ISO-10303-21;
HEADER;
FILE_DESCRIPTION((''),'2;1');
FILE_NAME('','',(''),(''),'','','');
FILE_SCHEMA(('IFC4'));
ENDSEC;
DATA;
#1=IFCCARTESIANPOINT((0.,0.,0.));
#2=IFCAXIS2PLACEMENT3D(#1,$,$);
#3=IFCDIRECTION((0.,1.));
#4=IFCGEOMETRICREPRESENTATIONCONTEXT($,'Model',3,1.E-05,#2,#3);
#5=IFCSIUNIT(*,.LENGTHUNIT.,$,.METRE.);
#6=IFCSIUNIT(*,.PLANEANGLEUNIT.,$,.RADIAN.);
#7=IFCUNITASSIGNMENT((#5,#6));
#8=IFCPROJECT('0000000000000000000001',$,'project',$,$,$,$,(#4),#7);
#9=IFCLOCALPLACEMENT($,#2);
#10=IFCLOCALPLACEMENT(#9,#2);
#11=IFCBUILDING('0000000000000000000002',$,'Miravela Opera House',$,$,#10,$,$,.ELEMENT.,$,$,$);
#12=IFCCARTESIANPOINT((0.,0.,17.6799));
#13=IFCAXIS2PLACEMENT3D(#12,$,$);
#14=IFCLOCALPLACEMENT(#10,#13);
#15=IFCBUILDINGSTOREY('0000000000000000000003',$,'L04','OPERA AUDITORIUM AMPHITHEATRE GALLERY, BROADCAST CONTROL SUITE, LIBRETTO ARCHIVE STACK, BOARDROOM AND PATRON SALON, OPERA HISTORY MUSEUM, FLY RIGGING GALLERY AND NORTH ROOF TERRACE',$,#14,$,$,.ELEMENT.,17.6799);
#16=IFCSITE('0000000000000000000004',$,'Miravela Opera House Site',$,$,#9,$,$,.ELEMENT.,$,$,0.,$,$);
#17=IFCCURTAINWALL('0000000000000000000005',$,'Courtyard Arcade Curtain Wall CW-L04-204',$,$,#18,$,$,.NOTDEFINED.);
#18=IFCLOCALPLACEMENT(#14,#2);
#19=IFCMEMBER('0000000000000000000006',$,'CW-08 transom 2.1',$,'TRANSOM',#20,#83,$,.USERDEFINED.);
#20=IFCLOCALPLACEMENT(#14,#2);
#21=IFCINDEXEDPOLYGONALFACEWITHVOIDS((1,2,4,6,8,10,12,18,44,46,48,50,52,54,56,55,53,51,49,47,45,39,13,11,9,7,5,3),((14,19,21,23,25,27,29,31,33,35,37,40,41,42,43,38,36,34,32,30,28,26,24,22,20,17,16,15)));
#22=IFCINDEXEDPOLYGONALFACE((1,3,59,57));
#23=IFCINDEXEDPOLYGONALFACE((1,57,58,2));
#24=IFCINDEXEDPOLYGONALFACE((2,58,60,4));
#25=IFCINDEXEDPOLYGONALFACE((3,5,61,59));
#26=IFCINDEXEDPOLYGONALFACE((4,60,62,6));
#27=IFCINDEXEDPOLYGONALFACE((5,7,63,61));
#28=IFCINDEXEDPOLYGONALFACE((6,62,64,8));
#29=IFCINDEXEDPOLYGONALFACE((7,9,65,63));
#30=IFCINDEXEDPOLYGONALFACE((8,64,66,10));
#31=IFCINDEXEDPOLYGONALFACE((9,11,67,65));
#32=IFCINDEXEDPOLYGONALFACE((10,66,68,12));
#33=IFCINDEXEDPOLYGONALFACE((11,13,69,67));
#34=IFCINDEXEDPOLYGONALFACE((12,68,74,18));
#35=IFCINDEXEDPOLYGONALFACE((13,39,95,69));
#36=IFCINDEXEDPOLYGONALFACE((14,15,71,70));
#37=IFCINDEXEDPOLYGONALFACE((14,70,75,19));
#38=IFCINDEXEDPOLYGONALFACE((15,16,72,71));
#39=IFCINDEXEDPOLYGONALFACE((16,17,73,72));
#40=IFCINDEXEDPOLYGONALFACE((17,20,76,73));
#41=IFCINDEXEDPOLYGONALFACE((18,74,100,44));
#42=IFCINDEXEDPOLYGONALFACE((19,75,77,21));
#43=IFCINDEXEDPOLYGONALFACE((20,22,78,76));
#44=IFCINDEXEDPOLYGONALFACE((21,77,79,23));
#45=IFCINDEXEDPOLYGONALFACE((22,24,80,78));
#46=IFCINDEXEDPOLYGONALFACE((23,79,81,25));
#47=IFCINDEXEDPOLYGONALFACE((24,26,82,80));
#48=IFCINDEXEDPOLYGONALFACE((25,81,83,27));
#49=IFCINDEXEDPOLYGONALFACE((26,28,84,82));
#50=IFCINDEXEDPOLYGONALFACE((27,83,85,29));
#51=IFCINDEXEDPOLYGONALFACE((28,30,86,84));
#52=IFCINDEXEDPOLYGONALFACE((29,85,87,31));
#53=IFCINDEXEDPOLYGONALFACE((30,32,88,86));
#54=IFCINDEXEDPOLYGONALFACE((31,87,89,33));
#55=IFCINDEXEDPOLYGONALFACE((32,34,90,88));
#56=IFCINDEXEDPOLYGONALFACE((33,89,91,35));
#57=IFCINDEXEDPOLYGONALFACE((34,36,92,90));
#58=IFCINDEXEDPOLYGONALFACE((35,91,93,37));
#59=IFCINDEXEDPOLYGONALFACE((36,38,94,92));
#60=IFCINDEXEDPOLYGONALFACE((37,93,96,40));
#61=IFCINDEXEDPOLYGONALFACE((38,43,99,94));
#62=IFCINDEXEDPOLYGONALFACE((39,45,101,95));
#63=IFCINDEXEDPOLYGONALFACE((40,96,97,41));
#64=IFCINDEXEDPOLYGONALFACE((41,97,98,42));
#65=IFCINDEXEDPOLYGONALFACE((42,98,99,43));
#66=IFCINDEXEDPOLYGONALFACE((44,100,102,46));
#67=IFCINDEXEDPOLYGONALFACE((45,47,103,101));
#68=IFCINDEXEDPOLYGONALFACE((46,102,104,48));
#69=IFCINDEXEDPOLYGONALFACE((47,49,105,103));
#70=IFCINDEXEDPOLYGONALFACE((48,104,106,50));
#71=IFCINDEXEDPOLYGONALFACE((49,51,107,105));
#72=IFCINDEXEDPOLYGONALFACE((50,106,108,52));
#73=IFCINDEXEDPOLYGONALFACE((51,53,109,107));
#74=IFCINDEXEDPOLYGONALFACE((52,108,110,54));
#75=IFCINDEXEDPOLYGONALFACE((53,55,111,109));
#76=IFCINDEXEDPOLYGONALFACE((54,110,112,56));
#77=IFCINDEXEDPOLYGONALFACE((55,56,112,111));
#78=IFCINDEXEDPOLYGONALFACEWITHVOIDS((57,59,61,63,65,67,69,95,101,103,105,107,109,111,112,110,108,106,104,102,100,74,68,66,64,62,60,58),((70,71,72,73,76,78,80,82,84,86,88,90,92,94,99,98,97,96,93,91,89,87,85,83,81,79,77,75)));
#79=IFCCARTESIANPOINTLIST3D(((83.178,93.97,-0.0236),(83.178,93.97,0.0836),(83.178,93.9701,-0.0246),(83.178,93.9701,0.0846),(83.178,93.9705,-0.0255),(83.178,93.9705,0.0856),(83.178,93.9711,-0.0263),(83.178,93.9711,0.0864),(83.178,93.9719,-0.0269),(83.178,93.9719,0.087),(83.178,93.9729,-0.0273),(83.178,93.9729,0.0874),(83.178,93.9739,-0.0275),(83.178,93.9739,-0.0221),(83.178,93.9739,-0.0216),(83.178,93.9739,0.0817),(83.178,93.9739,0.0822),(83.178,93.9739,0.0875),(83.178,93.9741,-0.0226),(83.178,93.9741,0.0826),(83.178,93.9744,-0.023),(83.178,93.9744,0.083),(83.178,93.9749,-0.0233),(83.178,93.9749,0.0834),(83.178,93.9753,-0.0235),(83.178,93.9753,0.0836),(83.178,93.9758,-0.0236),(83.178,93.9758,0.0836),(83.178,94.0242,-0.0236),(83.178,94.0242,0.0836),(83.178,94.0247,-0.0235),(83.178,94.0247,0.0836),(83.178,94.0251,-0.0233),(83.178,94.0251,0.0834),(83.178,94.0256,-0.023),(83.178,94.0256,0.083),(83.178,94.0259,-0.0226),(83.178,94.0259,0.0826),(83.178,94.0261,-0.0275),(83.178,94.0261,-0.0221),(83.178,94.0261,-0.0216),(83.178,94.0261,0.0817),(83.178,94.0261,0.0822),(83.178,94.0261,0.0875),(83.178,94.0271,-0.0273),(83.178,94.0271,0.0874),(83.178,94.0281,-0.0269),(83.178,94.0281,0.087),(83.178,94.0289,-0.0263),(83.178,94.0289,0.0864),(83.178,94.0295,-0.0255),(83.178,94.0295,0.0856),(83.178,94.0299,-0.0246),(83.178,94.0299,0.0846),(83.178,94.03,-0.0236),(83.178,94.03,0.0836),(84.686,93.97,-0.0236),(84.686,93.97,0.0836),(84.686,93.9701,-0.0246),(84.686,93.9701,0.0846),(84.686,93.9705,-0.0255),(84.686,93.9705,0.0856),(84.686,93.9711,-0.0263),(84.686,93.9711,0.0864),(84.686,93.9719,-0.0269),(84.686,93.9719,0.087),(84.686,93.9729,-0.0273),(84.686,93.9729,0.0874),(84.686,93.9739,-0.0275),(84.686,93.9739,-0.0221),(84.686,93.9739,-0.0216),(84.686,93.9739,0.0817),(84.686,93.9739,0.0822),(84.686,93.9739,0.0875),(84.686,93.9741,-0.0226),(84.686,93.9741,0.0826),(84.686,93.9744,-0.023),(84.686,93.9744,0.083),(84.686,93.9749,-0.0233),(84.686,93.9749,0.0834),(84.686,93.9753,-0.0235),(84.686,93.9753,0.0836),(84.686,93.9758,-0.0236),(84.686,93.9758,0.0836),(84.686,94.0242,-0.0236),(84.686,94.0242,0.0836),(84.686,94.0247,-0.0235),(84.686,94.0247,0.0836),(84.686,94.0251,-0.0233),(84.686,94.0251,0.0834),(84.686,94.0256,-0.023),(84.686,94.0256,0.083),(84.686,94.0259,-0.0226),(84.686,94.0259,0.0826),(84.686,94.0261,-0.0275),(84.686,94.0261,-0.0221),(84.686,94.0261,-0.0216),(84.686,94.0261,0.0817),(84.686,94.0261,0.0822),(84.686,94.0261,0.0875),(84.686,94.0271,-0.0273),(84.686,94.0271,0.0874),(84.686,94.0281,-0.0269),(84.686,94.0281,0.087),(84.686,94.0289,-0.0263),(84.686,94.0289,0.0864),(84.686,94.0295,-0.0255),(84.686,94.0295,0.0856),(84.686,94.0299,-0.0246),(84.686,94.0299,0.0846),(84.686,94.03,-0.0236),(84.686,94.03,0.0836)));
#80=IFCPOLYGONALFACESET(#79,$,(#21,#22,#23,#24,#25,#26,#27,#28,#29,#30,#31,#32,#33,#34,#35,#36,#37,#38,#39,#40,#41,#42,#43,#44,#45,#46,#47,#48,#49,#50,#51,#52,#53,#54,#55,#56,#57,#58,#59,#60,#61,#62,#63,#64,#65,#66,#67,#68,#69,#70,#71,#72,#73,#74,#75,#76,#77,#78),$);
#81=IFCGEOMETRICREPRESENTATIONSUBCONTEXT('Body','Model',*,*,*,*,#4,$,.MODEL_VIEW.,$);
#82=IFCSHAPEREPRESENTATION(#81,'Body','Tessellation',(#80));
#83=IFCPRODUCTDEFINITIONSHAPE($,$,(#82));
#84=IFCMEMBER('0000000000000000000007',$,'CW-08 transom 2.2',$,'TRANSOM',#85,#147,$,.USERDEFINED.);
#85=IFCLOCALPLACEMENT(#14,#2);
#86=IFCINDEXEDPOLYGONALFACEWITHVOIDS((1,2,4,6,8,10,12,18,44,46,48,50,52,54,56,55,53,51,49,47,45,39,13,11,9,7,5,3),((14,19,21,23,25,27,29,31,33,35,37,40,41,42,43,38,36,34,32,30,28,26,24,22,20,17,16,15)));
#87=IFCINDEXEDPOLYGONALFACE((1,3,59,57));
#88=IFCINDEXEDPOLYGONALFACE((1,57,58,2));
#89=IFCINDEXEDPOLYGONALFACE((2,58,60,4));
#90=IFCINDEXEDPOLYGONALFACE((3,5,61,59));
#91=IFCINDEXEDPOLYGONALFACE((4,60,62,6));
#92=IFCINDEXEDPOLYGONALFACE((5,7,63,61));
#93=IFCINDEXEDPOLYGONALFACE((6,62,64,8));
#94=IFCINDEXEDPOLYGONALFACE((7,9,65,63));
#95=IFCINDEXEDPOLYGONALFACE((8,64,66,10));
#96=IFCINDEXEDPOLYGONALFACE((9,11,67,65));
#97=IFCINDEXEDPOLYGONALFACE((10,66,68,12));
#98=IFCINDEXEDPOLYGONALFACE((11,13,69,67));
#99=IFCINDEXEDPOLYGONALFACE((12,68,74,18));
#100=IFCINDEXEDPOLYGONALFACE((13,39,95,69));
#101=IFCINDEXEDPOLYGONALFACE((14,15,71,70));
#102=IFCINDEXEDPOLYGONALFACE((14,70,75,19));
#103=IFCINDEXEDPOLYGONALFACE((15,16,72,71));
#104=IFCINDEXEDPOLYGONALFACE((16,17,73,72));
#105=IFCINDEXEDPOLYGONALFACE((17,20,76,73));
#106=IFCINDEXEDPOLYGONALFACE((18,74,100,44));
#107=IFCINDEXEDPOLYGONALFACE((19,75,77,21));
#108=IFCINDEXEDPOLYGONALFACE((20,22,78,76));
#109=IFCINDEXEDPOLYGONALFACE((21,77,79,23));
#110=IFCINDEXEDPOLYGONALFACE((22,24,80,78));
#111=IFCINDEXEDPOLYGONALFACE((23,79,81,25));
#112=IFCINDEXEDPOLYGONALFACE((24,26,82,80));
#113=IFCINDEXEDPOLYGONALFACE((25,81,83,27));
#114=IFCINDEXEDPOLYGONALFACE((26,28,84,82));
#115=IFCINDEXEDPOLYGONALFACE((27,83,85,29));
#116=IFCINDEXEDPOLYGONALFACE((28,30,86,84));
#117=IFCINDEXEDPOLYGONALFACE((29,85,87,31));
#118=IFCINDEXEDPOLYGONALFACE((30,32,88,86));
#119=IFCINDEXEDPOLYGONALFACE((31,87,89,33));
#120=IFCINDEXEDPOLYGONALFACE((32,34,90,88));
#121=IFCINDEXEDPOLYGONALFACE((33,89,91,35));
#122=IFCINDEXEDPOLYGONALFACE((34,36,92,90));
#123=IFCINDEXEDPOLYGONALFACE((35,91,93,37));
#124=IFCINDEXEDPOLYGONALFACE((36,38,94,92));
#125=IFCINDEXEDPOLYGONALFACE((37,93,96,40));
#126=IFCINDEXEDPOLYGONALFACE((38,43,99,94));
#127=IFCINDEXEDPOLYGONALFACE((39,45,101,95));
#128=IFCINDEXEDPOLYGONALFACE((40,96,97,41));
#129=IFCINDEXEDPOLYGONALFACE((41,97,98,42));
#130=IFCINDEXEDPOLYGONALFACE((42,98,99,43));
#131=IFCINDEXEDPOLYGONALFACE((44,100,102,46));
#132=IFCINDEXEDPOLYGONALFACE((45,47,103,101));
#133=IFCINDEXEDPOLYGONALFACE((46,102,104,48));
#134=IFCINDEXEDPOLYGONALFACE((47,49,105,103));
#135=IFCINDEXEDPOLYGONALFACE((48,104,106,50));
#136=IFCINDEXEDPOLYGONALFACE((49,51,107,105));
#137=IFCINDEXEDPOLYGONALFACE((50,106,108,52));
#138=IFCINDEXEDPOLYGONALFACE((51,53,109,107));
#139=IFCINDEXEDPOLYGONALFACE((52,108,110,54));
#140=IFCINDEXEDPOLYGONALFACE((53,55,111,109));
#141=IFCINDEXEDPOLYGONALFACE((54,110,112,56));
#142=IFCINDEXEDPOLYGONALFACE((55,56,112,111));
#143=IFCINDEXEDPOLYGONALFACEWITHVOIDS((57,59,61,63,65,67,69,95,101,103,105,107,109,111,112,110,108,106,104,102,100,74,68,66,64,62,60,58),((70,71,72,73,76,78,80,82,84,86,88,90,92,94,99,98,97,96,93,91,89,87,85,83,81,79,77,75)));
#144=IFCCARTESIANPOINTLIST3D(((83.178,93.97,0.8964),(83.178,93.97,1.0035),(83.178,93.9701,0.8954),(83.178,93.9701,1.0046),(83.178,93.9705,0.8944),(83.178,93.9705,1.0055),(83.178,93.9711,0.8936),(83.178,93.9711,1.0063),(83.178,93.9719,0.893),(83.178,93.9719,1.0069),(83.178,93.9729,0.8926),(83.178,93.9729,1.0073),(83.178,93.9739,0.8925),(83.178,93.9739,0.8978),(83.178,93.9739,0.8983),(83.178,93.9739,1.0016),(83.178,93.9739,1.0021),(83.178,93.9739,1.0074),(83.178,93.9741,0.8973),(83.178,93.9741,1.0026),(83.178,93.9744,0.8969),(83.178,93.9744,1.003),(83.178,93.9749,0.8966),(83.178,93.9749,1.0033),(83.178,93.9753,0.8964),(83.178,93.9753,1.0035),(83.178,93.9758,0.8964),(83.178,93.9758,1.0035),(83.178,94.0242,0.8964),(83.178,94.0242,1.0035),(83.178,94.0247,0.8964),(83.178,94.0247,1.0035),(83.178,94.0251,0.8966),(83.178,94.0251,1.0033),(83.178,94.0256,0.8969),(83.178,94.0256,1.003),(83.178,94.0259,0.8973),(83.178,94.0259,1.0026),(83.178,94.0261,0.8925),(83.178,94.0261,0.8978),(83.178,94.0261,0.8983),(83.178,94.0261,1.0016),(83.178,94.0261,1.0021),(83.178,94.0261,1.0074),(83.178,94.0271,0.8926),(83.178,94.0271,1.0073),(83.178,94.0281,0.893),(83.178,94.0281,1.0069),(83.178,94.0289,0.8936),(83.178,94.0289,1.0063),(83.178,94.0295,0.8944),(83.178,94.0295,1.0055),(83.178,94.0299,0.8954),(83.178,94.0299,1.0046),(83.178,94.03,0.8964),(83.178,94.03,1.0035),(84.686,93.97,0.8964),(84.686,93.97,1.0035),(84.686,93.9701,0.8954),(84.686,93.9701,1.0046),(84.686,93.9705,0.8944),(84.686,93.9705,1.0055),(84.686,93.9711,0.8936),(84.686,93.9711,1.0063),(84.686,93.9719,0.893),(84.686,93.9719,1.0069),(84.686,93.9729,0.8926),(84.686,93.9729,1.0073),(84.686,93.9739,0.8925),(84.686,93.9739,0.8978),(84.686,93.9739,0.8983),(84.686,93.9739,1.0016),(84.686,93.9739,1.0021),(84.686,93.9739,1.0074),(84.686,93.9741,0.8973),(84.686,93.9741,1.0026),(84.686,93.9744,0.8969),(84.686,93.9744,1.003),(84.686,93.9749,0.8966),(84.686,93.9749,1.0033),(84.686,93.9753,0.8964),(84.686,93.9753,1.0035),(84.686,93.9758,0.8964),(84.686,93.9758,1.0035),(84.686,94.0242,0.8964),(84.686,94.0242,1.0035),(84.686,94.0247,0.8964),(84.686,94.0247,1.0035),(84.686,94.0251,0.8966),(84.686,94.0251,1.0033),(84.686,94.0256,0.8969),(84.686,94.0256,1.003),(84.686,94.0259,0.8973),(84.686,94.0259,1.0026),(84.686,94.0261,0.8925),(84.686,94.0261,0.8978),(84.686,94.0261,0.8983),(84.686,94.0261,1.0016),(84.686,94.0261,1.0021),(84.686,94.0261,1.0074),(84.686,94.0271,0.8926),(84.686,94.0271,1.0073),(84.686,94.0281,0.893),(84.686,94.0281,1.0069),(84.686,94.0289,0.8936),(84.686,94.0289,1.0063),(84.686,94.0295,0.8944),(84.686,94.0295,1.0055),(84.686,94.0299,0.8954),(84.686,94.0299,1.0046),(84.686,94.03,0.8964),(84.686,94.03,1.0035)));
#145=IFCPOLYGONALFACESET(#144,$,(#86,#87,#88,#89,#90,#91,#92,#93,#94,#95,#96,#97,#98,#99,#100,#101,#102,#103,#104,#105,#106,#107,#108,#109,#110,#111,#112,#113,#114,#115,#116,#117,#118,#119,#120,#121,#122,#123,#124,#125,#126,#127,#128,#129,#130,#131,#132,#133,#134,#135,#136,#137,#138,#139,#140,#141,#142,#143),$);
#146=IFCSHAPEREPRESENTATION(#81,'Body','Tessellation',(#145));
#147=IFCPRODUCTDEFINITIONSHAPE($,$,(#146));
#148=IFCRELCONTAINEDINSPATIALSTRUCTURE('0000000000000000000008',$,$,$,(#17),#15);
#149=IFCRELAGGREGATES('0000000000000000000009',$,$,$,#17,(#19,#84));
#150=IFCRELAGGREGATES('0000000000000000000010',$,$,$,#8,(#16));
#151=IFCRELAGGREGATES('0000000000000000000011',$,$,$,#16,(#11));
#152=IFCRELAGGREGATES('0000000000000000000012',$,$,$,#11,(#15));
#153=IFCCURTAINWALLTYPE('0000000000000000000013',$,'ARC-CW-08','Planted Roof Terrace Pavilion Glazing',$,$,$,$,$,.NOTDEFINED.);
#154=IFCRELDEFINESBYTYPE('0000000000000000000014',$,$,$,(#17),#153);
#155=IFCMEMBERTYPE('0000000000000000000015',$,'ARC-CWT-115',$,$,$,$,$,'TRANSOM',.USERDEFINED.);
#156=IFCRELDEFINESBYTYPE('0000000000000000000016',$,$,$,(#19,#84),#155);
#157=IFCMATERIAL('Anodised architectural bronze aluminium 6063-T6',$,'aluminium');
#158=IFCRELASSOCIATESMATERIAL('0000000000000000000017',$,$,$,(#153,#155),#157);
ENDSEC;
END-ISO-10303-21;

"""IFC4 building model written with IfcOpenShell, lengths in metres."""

from ifc_helpers import new_model, si_unit, direction, frame, origin, origin_2d, place, context, subcontext, project, spatial, hollow_rectangle, extrude, material, material_profile, profile_set, type_object, element, aggregate, save


model = new_model("IFC4")

# Units and contexts
model_context = context("Model", 3, precision=1e-05, world=origin(), true_north=direction((0.0, 1.0)))
body_context = subcontext(model_context, "Body", "Model", "MODEL_VIEW")
ifc_project = project(units=[si_unit("LENGTHUNIT", "METRE"), si_unit("PLANEANGLEUNIT", "RADIAN")], contexts=[model_context])

# Site, building, storey
site_placement = place(None, origin())
site = spatial("IfcSite", under=ifc_project, at=site_placement, Name="Miravela Opera House Site", CompositionType="ELEMENT", RefElevation=0.0)
building_placement = place(site_placement, origin())
building = spatial("IfcBuilding", under=site, at=building_placement, Name="Miravela Opera House", CompositionType="ELEMENT")
storey_placement = place(building_placement, frame((0.0, 0.0, 17.6799)))
storey = spatial("IfcBuildingStorey", under=building, at=storey_placement, Name="L04", Description="OPERA AUDITORIUM AMPHITHEATRE GALLERY, BROADCAST CONTROL SUITE, LIBRETTO ARCHIVE STACK, BOARDROOM AND PATRON SALON, OPERA HISTORY MUSEUM, FLY RIGGING GALLERY AND NORTH ROOF TERRACE", CompositionType="ELEMENT", Elevation=17.6799)

# Curtain wall, members
ifc_material_1 = material(Name="Anodised architectural bronze aluminium 6063-T6", Category="aluminium")
curtain_wall_type = type_object("IfcCurtainWallType", Name="ARC-CW-08", Description="Planted Roof Terrace Pavilion Glazing", PredefinedType="NOTDEFINED", material=ifc_material_1)
curtain_wall_placement = place(storey_placement, origin())
curtain_wall = element("IfcCurtainWall", 1, at=curtain_wall_placement, inside=storey, type_object=curtain_wall_type, Name="Courtyard Arcade Curtain Wall CW-L04-204", PredefinedType="NOTDEFINED")
ifc_material_profile_1 = material_profile(ifc_material_1, hollow_rectangle(XDim=0.0601, YDim=0.115, WallThickness=0.0039, InnerFilletRadius=0.002, OuterFilletRadius=0.0039, at=origin_2d()), Name="CWT-60X115")
ifc_profile_set_1 = profile_set([ifc_material_profile_1])
member_type_1 = type_object("IfcMemberType", Name="ARC-CWT-115", ElementType="TRANSOM", PredefinedType="USERDEFINED", material=ifc_profile_set_1)
member_1_placement = place(storey_placement, frame((83.178, 94.0, 0.03), z_axis=(1.0, 0.0, 0.0), x_axis=(0.0, 1.0, 0.0)))
member_1 = element("IfcMember", 2, at=member_1_placement, type_object=member_type_1, Name="CW-08 transom 2.1", ObjectType="TRANSOM", PredefinedType="USERDEFINED", context=body_context, shape_type="SweptSolid", body=[
    extrude(hollow_rectangle(XDim=0.0601, YDim=0.115, WallThickness=0.0039, InnerFilletRadius=0.002, OuterFilletRadius=0.0039, at=origin_2d()), origin(), (0.0, 0.0, 1.0), 1.5081),
])
member_2_placement = place(storey_placement, frame((83.178, 94.0, 0.95), z_axis=(1.0, 0.0, 0.0), x_axis=(0.0, 1.0, 0.0)))
member_2 = element("IfcMember", 3, at=member_2_placement, type_object=member_type_1, Name="CW-08 transom 2.2", ObjectType="TRANSOM", PredefinedType="USERDEFINED", context=body_context, shape_type="SweptSolid", body=[
    extrude(hollow_rectangle(XDim=0.0601, YDim=0.115, WallThickness=0.0039, InnerFilletRadius=0.002, OuterFilletRadius=0.0039, at=origin_2d()), origin(), (0.0, 0.0, 1.0), 1.5081),
])

aggregate(curtain_wall, [member_1, member_2])

save(model, "model.ifc")
